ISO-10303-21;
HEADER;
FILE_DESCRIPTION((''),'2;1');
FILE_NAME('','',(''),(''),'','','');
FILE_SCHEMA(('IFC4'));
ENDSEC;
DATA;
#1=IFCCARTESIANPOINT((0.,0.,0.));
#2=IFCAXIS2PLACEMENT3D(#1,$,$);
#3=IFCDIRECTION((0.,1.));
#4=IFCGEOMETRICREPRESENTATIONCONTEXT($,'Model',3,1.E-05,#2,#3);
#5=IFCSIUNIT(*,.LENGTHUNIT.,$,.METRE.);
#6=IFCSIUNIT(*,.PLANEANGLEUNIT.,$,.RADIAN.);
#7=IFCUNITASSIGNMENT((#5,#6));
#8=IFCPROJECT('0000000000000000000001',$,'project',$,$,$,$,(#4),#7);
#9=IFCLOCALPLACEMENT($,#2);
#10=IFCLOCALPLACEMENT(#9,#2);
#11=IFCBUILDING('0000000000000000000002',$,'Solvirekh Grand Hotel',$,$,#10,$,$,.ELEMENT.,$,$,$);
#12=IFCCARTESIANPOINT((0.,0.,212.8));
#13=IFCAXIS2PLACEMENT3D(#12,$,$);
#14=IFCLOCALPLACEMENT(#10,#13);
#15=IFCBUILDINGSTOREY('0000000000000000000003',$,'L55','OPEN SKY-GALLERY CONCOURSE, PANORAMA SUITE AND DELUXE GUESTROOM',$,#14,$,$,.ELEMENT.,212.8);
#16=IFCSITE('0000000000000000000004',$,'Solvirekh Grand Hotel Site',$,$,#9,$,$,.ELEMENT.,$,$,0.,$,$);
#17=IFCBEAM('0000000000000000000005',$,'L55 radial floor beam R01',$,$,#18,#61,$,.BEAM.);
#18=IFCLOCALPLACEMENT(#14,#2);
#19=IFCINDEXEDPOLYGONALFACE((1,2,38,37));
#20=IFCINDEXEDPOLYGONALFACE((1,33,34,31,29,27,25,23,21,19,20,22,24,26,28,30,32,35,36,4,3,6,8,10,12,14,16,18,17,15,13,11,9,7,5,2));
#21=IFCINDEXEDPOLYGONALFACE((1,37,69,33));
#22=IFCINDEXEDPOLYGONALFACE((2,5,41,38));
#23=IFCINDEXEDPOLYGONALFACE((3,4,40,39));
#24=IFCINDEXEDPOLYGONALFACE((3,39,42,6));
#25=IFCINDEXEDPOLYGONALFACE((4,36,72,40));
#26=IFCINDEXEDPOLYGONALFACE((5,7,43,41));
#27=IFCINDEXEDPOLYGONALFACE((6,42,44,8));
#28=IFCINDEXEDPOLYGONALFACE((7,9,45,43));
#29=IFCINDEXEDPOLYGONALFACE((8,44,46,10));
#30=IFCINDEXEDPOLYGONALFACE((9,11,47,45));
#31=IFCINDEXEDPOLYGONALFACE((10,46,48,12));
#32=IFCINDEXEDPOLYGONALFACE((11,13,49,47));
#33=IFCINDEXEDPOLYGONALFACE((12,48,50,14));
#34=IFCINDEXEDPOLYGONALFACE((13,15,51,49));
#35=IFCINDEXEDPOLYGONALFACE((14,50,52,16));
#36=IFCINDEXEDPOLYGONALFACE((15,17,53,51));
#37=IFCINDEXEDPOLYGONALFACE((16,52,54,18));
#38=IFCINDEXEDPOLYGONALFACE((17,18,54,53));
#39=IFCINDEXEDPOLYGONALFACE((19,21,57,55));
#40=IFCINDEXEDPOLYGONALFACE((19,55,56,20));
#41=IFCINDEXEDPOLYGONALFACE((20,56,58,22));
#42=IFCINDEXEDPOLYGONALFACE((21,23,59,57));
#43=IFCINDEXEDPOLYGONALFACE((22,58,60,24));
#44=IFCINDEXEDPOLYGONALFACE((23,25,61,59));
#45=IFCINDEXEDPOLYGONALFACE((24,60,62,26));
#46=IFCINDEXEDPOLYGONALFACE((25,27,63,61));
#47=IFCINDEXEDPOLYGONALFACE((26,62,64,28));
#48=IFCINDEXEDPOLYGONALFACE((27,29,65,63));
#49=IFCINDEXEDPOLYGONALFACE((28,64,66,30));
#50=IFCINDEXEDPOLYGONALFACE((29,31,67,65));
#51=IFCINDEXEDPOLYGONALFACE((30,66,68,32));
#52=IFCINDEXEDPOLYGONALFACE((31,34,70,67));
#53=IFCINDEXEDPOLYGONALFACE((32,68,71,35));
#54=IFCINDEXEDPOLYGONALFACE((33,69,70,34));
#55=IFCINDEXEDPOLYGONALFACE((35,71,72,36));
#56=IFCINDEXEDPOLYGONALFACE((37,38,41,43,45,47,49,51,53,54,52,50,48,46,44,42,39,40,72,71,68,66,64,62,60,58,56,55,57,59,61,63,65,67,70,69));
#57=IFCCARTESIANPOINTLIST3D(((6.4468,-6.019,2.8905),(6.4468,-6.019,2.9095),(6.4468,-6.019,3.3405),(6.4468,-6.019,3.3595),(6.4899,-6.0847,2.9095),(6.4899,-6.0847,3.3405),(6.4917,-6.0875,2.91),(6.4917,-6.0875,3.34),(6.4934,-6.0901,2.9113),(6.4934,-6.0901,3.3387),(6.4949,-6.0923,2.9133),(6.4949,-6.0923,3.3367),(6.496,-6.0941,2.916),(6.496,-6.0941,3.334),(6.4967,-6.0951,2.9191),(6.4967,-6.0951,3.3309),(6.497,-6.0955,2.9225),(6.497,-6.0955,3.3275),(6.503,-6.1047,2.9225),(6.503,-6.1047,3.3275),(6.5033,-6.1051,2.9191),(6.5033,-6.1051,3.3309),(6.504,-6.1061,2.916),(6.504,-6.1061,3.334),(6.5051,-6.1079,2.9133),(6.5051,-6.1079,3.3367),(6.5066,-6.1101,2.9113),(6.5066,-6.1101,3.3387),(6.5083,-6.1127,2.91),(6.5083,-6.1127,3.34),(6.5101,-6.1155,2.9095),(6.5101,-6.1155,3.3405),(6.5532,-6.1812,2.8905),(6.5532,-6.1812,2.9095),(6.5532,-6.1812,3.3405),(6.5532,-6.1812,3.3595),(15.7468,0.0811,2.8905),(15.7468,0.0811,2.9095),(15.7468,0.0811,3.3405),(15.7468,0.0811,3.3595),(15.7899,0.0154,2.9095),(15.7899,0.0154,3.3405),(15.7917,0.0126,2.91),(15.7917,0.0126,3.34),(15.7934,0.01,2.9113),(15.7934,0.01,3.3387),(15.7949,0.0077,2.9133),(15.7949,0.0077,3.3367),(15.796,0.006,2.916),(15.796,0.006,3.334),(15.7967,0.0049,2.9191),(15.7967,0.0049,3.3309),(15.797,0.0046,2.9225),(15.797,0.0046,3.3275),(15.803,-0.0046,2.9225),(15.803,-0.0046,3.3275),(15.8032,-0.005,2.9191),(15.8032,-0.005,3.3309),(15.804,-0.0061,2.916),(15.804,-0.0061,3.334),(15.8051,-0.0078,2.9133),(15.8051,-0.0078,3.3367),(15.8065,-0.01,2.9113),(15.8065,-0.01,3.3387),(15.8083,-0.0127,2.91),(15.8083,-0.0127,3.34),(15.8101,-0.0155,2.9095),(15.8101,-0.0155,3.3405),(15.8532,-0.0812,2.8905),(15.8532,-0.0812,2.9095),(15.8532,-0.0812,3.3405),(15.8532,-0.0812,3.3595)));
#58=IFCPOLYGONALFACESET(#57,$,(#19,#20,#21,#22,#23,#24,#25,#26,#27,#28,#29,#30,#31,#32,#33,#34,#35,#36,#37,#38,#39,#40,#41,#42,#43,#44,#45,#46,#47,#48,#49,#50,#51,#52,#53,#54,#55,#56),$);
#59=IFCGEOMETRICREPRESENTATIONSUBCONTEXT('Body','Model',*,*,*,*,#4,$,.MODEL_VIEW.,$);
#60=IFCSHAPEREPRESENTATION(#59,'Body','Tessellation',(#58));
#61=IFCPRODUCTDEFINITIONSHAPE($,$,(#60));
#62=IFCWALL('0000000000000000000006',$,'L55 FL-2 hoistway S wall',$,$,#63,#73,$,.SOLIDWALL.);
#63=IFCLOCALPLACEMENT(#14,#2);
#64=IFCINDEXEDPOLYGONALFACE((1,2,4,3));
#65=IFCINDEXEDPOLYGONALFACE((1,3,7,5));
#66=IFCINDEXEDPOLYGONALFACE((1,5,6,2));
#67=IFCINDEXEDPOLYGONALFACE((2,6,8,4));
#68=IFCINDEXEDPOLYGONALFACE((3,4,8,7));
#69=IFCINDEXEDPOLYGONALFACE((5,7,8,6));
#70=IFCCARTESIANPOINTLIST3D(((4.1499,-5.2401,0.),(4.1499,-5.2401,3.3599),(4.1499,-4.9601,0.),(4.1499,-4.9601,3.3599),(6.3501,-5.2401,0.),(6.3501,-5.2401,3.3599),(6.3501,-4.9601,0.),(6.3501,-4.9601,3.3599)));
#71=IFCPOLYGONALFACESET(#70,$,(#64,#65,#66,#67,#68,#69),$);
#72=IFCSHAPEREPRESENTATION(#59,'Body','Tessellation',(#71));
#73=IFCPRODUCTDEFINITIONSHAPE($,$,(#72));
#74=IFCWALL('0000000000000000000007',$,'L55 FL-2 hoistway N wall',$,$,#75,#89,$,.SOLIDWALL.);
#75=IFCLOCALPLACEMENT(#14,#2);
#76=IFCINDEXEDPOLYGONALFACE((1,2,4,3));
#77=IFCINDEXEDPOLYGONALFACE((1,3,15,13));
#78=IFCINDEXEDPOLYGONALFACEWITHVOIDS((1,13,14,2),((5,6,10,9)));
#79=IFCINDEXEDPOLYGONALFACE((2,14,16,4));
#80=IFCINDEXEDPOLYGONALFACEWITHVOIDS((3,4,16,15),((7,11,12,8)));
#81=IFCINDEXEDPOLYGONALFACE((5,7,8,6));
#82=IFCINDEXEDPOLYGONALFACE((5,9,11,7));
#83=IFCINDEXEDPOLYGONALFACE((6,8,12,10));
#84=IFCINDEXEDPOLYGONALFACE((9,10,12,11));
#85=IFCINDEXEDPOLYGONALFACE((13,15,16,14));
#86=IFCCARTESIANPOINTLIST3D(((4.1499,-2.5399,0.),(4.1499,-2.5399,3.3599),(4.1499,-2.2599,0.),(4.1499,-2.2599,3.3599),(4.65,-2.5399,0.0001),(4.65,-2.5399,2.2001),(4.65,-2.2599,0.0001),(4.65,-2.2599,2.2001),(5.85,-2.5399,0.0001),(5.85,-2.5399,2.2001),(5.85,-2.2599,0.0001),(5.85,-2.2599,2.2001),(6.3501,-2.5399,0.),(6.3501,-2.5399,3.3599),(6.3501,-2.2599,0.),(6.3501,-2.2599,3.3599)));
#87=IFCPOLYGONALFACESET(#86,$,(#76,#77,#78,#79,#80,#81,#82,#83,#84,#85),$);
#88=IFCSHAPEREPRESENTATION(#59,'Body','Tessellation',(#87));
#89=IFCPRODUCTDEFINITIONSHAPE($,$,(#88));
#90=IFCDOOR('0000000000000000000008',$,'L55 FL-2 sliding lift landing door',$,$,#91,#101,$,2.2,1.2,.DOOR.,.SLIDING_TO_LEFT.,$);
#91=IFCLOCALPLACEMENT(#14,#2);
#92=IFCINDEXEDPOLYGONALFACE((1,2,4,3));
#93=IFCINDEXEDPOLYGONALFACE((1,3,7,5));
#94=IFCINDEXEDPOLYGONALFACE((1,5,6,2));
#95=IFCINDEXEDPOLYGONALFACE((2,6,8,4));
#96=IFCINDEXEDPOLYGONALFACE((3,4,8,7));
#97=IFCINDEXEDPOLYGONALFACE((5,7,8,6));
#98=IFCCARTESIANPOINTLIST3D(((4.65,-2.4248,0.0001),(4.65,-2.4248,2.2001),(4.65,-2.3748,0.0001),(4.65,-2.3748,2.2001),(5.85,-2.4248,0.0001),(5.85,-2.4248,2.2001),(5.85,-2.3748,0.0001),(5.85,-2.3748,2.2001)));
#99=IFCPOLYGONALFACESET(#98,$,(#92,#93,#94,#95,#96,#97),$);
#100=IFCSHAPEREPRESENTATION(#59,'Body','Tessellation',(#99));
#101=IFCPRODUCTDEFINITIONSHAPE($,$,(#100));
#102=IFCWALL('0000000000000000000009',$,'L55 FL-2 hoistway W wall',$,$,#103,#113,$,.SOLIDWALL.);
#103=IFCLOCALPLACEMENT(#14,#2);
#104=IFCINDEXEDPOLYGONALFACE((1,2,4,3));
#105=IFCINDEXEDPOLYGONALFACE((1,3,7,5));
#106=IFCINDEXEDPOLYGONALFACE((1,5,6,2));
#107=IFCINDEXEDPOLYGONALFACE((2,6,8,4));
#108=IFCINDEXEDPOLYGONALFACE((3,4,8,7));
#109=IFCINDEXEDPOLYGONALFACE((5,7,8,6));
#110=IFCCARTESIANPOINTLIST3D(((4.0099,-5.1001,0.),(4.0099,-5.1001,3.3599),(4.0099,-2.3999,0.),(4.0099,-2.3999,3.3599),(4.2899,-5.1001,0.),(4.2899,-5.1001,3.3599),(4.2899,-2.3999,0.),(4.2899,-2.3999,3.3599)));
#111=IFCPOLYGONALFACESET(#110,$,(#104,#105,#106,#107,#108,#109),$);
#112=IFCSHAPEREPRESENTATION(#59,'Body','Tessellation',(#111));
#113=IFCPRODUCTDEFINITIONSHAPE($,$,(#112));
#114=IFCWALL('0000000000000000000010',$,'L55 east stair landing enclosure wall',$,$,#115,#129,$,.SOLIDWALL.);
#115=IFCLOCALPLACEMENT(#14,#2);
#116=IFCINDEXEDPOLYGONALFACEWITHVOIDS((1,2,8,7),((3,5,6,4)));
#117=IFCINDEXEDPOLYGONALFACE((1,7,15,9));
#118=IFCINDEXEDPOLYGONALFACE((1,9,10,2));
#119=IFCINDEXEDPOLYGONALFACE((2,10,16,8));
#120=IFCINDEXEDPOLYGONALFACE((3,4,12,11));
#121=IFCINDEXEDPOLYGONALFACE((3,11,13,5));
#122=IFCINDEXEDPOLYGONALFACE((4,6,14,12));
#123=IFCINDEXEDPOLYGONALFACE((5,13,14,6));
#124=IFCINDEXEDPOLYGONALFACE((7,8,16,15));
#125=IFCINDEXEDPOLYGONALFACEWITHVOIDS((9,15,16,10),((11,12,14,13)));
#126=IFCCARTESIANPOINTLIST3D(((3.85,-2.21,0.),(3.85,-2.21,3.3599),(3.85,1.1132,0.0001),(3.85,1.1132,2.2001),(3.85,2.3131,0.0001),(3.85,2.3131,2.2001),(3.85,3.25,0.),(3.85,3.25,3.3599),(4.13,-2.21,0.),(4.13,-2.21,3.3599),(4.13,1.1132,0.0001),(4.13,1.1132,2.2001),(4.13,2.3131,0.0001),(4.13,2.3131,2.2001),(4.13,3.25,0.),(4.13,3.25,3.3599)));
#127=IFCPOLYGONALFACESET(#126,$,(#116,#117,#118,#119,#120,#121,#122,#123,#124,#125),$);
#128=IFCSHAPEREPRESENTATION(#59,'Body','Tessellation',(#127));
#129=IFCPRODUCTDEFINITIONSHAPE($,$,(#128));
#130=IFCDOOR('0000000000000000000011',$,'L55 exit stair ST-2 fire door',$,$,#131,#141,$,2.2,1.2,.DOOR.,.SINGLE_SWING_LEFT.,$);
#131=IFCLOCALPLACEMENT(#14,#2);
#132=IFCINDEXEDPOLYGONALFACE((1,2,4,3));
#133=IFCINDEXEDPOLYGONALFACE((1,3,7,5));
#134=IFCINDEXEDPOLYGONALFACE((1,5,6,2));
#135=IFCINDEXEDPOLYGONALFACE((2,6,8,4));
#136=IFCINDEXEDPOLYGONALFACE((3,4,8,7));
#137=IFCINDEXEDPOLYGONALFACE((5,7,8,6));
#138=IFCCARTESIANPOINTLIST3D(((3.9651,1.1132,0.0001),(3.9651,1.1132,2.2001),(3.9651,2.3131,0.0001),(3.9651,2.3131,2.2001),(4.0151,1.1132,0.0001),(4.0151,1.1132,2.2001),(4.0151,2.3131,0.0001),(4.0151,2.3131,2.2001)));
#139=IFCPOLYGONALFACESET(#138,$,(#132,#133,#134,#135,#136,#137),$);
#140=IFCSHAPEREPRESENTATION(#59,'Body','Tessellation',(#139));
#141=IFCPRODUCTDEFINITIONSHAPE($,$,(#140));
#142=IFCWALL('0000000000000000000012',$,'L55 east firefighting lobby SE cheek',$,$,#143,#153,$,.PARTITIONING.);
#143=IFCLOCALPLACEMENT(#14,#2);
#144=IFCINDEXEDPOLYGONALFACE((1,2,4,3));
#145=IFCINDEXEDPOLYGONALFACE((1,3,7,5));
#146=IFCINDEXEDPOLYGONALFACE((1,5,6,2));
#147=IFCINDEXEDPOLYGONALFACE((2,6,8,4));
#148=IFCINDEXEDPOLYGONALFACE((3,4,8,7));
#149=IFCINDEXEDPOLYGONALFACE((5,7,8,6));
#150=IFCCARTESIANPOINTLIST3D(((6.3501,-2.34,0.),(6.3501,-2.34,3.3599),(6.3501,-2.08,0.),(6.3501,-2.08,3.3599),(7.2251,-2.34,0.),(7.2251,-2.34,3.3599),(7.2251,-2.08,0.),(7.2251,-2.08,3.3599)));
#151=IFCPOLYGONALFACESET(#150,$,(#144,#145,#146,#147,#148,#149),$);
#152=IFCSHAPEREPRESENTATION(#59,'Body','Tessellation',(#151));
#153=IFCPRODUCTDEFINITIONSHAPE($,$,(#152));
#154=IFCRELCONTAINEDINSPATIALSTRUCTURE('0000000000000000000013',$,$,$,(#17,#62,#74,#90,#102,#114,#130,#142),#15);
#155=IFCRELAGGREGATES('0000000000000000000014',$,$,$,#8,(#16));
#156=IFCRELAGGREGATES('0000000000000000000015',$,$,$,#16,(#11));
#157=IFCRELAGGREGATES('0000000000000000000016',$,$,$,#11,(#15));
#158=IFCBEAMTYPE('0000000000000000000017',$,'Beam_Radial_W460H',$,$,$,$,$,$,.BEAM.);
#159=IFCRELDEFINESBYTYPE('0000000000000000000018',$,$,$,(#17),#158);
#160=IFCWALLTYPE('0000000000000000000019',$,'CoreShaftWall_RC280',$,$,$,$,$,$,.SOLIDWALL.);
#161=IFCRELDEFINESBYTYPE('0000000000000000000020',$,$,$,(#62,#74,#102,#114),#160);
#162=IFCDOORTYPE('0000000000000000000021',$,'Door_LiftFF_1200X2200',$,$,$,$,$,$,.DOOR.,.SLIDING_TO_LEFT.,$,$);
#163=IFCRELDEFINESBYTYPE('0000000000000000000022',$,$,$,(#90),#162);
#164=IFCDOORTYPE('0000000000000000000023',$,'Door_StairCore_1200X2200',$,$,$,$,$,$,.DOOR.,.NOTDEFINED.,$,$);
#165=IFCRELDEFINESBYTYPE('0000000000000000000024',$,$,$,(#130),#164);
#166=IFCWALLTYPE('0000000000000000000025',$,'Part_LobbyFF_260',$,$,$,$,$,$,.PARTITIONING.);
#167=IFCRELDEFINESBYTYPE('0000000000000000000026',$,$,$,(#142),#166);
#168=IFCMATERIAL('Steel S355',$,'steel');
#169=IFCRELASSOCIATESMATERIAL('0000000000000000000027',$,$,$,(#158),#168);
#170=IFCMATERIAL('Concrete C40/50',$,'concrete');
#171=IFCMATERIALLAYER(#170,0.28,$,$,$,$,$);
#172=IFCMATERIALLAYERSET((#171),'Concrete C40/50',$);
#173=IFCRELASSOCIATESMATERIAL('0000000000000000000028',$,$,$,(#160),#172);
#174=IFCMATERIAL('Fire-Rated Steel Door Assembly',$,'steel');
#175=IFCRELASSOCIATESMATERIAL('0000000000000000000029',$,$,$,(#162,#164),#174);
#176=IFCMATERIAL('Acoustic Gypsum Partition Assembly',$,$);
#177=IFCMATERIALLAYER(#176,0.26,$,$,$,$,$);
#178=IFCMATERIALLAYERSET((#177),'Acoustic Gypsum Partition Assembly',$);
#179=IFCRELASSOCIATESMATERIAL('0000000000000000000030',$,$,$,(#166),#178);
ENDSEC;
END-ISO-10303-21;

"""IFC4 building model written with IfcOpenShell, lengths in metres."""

from ifc_helpers import new_model, si_unit, direction, frame, frame_2d, origin, origin_2d, place, context, subcontext, project, spatial, rectangle, i_section, extrude, material, layer, layer_set, material_profile, profile_set, type_object, element, fill, save


model = new_model("IFC4")

# Units and contexts
model_context = context("Model", 3, precision=1e-05, world=origin(), true_north=direction((0.0, 1.0)))
body_context = subcontext(model_context, "Body", "Model", "MODEL_VIEW")
ifc_project = project(units=[si_unit("LENGTHUNIT", "METRE"), si_unit("PLANEANGLEUNIT", "RADIAN")], contexts=[model_context])

# Site, building, storey
site_placement = place(None, origin())
site = spatial("IfcSite", under=ifc_project, at=site_placement, Name="Solvirekh Grand Hotel Site", CompositionType="ELEMENT", RefElevation=0.0)
building_placement = place(site_placement, origin())
building = spatial("IfcBuilding", under=site, at=building_placement, Name="Solvirekh Grand Hotel", CompositionType="ELEMENT")
storey_placement = place(building_placement, frame((0.0, 0.0, 212.8)))
storey = spatial("IfcBuildingStorey", under=building, at=storey_placement, Name="L55", Description="OPEN SKY-GALLERY CONCOURSE, PANORAMA SUITE AND DELUXE GUESTROOM", CompositionType="ELEMENT", Elevation=212.8)

# Beam
ifc_material_1 = material(Name="Steel S355", Category="steel")
ifc_material_profile = material_profile(ifc_material_1, i_section(OverallWidth=0.1941, OverallDepth=0.469, WebThickness=0.011, FlangeThickness=0.019, FilletRadius=0.0129, at=origin_2d()), Name="W460X106")
ifc_profile_set = profile_set([ifc_material_profile], Name="Steel S355")
beam_type = type_object("IfcBeamType", Name="Beam_Radial_W460H", PredefinedType="BEAM", material=ifc_profile_set)
beam_placement = place(storey_placement, frame((6.5, -6.1001, 3.125), z_axis=(0.836174, 0.548464, 0.0), x_axis=(-0.548464, 0.836174, 0.0)))
element("IfcBeam", 1, at=beam_placement, inside=storey, type_object=beam_type, Name="L55 radial floor beam R01", PredefinedType="BEAM", context=body_context, shape_type="SweptSolid", body=[
    extrude(i_section(OverallWidth=0.1941, OverallDepth=0.469, WebThickness=0.011, FlangeThickness=0.019, FilletRadius=0.0129, at=origin_2d()), origin(), (0.0, 0.0, 1.0), 11.1221),
])

# Wall
ifc_material_2 = material(Name="Concrete C40/50", Category="concrete")
ifc_layer_1 = layer(ifc_material_2, 0.28)
ifc_layer_set_1 = layer_set([ifc_layer_1], Name="Concrete C40/50")
wall_type_1 = type_object("IfcWallType", Name="CoreShaftWall_RC280", PredefinedType="SOLIDWALL", material=ifc_layer_set_1)
wall_1_placement = place(storey_placement, frame((4.1499, -5.1001, 0.0), z_axis=(0.0, 0.0, 1.0), x_axis=(1.0, 0.0, 0.0)))
element("IfcWall", 2, at=wall_1_placement, inside=storey, type_object=wall_type_1, Name="L55 FL-2 hoistway S wall", PredefinedType="SOLIDWALL", context=body_context, shape_type="SweptSolid", body=[
    extrude(rectangle(XDim=2.2002, YDim=0.28, at=frame_2d((1.1001, 0.0))), origin(), (0.0, 0.0, 1.0), 3.3599),
])

# Wall, opening, door
wall_2_placement = place(storey_placement, frame((6.3501, -2.3999, 0.0), z_axis=(0.0, 0.0, 1.0), x_axis=(-1.0, 0.0, 0.0)))
wall_2 = element("IfcWall", 3, at=wall_2_placement, inside=storey, type_object=wall_type_1, Name="L55 FL-2 hoistway N wall", PredefinedType="SOLIDWALL", context=body_context, shape_type="SweptSolid", body=[
    extrude(rectangle(XDim=2.2002, YDim=0.28, at=frame_2d((1.1001, 0.0))), origin(), (0.0, 0.0, 1.0), 3.3599),
])
opening_1_placement = place(wall_2_placement, frame((0.5, 0.0, 0.0)))
opening_1 = element("IfcOpeningElement", 4, at=opening_1_placement, cuts=wall_2, PredefinedType="OPENING", context=body_context, shape_type="SweptSolid", body=[
    extrude(rectangle(XDim=1.2, YDim=2.2, at=frame_2d((0.6001, 1.1001))), frame((0.0, 0.1499, 0.0), z_axis=(0.0, -1.0, 0.0), x_axis=(1.0, 0.0, 0.0)), (0.0, 0.0, 1.0), 0.3),
])
ifc_material_3 = material(Name="Fire-Rated Steel Door Assembly", Category="steel")
door_type_1 = type_object("IfcDoorType", Name="Door_LiftFF_1200X2200", OperationType="SLIDING_TO_LEFT", PredefinedType="DOOR", material=ifc_material_3)
door_1_placement = place(opening_1_placement, origin())
door_1 = element("IfcDoor", 5, at=door_1_placement, inside=storey, type_object=door_type_1, Name="L55 FL-2 sliding lift landing door", OperationType="SLIDING_TO_LEFT", OverallHeight=2.2, OverallWidth=1.2, PredefinedType="DOOR", context=body_context, shape_type="SweptSolid", body=[
    extrude(rectangle(XDim=1.2, YDim=2.2, at=frame_2d((0.6001, 1.1001))), frame((0.0, 0.0249, 0.0), z_axis=(0.0, -1.0, 0.0), x_axis=(1.0, 0.0, 0.0)), (0.0, 0.0, 1.0), 0.05),
])
fill(opening_1, door_1)

# Wall
wall_3_placement = place(storey_placement, frame((4.1499, -2.3999, 0.0), z_axis=(0.0, 0.0, 1.0), x_axis=(0.0, -1.0, 0.0)))
element("IfcWall", 6, at=wall_3_placement, inside=storey, type_object=wall_type_1, Name="L55 FL-2 hoistway W wall", PredefinedType="SOLIDWALL", context=body_context, shape_type="SweptSolid", body=[
    extrude(rectangle(XDim=2.7002, YDim=0.28, at=frame_2d((1.3501, 0.0))), origin(), (0.0, 0.0, 1.0), 3.3599),
])

# Wall, opening, door
wall_4_placement = place(storey_placement, frame((3.99, -2.21, 0.0), z_axis=(0.0, 0.0, 1.0), x_axis=(0.0, 1.0, 0.0)))
wall_4 = element("IfcWall", 7, at=wall_4_placement, inside=storey, type_object=wall_type_1, Name="L55 east stair landing enclosure wall", PredefinedType="SOLIDWALL", context=body_context, shape_type="SweptSolid", body=[
    extrude(rectangle(XDim=5.46, YDim=0.28, at=frame_2d((2.73, 0.0))), origin(), (0.0, 0.0, 1.0), 3.3599),
])
opening_2_placement = place(wall_4_placement, frame((3.323, 0.0, 0.0)))
opening_2 = element("IfcOpeningElement", 8, at=opening_2_placement, cuts=wall_4, PredefinedType="OPENING", context=body_context, shape_type="SweptSolid", body=[
    extrude(rectangle(XDim=1.2, YDim=2.2, at=frame_2d((0.6001, 1.1001))), frame((0.0, 0.1499, 0.0), z_axis=(0.0, -1.0, 0.0), x_axis=(1.0, 0.0, 0.0)), (0.0, 0.0, 1.0), 0.3),
])
door_type_2 = type_object("IfcDoorType", Name="Door_StairCore_1200X2200", OperationType="NOTDEFINED", PredefinedType="DOOR", material=ifc_material_3)
door_2_placement = place(opening_2_placement, origin())
door_2 = element("IfcDoor", 9, at=door_2_placement, inside=storey, type_object=door_type_2, Name="L55 exit stair ST-2 fire door", OperationType="SINGLE_SWING_LEFT", OverallHeight=2.2, OverallWidth=1.2, PredefinedType="DOOR", context=body_context, shape_type="SweptSolid", body=[
    extrude(rectangle(XDim=1.2, YDim=2.2, at=frame_2d((0.6001, 1.1001))), frame((0.0, 0.0249, 0.0), z_axis=(0.0, -1.0, 0.0), x_axis=(1.0, 0.0, 0.0)), (0.0, 0.0, 1.0), 0.05),
])
fill(opening_2, door_2)

# Wall
ifc_material_4 = material(Name="Acoustic Gypsum Partition Assembly")
ifc_layer_2 = layer(ifc_material_4, 0.26)
ifc_layer_set_2 = layer_set([ifc_layer_2], Name="Acoustic Gypsum Partition Assembly")
wall_type_2 = type_object("IfcWallType", Name="Part_LobbyFF_260", PredefinedType="PARTITIONING", material=ifc_layer_set_2)
wall_5_placement = place(storey_placement, frame((6.3501, -2.21, 0.0), z_axis=(0.0, 0.0, 1.0), x_axis=(1.0, 0.0, 0.0)))
element("IfcWall", 10, at=wall_5_placement, inside=storey, type_object=wall_type_2, Name="L55 east firefighting lobby SE cheek", PredefinedType="PARTITIONING", context=body_context, shape_type="SweptSolid", body=[
    extrude(rectangle(XDim=0.875, YDim=0.26, at=frame_2d((0.4375, 0.0))), origin(), (0.0, 0.0, 1.0), 3.3599),
])

save(model, "model.ifc")
